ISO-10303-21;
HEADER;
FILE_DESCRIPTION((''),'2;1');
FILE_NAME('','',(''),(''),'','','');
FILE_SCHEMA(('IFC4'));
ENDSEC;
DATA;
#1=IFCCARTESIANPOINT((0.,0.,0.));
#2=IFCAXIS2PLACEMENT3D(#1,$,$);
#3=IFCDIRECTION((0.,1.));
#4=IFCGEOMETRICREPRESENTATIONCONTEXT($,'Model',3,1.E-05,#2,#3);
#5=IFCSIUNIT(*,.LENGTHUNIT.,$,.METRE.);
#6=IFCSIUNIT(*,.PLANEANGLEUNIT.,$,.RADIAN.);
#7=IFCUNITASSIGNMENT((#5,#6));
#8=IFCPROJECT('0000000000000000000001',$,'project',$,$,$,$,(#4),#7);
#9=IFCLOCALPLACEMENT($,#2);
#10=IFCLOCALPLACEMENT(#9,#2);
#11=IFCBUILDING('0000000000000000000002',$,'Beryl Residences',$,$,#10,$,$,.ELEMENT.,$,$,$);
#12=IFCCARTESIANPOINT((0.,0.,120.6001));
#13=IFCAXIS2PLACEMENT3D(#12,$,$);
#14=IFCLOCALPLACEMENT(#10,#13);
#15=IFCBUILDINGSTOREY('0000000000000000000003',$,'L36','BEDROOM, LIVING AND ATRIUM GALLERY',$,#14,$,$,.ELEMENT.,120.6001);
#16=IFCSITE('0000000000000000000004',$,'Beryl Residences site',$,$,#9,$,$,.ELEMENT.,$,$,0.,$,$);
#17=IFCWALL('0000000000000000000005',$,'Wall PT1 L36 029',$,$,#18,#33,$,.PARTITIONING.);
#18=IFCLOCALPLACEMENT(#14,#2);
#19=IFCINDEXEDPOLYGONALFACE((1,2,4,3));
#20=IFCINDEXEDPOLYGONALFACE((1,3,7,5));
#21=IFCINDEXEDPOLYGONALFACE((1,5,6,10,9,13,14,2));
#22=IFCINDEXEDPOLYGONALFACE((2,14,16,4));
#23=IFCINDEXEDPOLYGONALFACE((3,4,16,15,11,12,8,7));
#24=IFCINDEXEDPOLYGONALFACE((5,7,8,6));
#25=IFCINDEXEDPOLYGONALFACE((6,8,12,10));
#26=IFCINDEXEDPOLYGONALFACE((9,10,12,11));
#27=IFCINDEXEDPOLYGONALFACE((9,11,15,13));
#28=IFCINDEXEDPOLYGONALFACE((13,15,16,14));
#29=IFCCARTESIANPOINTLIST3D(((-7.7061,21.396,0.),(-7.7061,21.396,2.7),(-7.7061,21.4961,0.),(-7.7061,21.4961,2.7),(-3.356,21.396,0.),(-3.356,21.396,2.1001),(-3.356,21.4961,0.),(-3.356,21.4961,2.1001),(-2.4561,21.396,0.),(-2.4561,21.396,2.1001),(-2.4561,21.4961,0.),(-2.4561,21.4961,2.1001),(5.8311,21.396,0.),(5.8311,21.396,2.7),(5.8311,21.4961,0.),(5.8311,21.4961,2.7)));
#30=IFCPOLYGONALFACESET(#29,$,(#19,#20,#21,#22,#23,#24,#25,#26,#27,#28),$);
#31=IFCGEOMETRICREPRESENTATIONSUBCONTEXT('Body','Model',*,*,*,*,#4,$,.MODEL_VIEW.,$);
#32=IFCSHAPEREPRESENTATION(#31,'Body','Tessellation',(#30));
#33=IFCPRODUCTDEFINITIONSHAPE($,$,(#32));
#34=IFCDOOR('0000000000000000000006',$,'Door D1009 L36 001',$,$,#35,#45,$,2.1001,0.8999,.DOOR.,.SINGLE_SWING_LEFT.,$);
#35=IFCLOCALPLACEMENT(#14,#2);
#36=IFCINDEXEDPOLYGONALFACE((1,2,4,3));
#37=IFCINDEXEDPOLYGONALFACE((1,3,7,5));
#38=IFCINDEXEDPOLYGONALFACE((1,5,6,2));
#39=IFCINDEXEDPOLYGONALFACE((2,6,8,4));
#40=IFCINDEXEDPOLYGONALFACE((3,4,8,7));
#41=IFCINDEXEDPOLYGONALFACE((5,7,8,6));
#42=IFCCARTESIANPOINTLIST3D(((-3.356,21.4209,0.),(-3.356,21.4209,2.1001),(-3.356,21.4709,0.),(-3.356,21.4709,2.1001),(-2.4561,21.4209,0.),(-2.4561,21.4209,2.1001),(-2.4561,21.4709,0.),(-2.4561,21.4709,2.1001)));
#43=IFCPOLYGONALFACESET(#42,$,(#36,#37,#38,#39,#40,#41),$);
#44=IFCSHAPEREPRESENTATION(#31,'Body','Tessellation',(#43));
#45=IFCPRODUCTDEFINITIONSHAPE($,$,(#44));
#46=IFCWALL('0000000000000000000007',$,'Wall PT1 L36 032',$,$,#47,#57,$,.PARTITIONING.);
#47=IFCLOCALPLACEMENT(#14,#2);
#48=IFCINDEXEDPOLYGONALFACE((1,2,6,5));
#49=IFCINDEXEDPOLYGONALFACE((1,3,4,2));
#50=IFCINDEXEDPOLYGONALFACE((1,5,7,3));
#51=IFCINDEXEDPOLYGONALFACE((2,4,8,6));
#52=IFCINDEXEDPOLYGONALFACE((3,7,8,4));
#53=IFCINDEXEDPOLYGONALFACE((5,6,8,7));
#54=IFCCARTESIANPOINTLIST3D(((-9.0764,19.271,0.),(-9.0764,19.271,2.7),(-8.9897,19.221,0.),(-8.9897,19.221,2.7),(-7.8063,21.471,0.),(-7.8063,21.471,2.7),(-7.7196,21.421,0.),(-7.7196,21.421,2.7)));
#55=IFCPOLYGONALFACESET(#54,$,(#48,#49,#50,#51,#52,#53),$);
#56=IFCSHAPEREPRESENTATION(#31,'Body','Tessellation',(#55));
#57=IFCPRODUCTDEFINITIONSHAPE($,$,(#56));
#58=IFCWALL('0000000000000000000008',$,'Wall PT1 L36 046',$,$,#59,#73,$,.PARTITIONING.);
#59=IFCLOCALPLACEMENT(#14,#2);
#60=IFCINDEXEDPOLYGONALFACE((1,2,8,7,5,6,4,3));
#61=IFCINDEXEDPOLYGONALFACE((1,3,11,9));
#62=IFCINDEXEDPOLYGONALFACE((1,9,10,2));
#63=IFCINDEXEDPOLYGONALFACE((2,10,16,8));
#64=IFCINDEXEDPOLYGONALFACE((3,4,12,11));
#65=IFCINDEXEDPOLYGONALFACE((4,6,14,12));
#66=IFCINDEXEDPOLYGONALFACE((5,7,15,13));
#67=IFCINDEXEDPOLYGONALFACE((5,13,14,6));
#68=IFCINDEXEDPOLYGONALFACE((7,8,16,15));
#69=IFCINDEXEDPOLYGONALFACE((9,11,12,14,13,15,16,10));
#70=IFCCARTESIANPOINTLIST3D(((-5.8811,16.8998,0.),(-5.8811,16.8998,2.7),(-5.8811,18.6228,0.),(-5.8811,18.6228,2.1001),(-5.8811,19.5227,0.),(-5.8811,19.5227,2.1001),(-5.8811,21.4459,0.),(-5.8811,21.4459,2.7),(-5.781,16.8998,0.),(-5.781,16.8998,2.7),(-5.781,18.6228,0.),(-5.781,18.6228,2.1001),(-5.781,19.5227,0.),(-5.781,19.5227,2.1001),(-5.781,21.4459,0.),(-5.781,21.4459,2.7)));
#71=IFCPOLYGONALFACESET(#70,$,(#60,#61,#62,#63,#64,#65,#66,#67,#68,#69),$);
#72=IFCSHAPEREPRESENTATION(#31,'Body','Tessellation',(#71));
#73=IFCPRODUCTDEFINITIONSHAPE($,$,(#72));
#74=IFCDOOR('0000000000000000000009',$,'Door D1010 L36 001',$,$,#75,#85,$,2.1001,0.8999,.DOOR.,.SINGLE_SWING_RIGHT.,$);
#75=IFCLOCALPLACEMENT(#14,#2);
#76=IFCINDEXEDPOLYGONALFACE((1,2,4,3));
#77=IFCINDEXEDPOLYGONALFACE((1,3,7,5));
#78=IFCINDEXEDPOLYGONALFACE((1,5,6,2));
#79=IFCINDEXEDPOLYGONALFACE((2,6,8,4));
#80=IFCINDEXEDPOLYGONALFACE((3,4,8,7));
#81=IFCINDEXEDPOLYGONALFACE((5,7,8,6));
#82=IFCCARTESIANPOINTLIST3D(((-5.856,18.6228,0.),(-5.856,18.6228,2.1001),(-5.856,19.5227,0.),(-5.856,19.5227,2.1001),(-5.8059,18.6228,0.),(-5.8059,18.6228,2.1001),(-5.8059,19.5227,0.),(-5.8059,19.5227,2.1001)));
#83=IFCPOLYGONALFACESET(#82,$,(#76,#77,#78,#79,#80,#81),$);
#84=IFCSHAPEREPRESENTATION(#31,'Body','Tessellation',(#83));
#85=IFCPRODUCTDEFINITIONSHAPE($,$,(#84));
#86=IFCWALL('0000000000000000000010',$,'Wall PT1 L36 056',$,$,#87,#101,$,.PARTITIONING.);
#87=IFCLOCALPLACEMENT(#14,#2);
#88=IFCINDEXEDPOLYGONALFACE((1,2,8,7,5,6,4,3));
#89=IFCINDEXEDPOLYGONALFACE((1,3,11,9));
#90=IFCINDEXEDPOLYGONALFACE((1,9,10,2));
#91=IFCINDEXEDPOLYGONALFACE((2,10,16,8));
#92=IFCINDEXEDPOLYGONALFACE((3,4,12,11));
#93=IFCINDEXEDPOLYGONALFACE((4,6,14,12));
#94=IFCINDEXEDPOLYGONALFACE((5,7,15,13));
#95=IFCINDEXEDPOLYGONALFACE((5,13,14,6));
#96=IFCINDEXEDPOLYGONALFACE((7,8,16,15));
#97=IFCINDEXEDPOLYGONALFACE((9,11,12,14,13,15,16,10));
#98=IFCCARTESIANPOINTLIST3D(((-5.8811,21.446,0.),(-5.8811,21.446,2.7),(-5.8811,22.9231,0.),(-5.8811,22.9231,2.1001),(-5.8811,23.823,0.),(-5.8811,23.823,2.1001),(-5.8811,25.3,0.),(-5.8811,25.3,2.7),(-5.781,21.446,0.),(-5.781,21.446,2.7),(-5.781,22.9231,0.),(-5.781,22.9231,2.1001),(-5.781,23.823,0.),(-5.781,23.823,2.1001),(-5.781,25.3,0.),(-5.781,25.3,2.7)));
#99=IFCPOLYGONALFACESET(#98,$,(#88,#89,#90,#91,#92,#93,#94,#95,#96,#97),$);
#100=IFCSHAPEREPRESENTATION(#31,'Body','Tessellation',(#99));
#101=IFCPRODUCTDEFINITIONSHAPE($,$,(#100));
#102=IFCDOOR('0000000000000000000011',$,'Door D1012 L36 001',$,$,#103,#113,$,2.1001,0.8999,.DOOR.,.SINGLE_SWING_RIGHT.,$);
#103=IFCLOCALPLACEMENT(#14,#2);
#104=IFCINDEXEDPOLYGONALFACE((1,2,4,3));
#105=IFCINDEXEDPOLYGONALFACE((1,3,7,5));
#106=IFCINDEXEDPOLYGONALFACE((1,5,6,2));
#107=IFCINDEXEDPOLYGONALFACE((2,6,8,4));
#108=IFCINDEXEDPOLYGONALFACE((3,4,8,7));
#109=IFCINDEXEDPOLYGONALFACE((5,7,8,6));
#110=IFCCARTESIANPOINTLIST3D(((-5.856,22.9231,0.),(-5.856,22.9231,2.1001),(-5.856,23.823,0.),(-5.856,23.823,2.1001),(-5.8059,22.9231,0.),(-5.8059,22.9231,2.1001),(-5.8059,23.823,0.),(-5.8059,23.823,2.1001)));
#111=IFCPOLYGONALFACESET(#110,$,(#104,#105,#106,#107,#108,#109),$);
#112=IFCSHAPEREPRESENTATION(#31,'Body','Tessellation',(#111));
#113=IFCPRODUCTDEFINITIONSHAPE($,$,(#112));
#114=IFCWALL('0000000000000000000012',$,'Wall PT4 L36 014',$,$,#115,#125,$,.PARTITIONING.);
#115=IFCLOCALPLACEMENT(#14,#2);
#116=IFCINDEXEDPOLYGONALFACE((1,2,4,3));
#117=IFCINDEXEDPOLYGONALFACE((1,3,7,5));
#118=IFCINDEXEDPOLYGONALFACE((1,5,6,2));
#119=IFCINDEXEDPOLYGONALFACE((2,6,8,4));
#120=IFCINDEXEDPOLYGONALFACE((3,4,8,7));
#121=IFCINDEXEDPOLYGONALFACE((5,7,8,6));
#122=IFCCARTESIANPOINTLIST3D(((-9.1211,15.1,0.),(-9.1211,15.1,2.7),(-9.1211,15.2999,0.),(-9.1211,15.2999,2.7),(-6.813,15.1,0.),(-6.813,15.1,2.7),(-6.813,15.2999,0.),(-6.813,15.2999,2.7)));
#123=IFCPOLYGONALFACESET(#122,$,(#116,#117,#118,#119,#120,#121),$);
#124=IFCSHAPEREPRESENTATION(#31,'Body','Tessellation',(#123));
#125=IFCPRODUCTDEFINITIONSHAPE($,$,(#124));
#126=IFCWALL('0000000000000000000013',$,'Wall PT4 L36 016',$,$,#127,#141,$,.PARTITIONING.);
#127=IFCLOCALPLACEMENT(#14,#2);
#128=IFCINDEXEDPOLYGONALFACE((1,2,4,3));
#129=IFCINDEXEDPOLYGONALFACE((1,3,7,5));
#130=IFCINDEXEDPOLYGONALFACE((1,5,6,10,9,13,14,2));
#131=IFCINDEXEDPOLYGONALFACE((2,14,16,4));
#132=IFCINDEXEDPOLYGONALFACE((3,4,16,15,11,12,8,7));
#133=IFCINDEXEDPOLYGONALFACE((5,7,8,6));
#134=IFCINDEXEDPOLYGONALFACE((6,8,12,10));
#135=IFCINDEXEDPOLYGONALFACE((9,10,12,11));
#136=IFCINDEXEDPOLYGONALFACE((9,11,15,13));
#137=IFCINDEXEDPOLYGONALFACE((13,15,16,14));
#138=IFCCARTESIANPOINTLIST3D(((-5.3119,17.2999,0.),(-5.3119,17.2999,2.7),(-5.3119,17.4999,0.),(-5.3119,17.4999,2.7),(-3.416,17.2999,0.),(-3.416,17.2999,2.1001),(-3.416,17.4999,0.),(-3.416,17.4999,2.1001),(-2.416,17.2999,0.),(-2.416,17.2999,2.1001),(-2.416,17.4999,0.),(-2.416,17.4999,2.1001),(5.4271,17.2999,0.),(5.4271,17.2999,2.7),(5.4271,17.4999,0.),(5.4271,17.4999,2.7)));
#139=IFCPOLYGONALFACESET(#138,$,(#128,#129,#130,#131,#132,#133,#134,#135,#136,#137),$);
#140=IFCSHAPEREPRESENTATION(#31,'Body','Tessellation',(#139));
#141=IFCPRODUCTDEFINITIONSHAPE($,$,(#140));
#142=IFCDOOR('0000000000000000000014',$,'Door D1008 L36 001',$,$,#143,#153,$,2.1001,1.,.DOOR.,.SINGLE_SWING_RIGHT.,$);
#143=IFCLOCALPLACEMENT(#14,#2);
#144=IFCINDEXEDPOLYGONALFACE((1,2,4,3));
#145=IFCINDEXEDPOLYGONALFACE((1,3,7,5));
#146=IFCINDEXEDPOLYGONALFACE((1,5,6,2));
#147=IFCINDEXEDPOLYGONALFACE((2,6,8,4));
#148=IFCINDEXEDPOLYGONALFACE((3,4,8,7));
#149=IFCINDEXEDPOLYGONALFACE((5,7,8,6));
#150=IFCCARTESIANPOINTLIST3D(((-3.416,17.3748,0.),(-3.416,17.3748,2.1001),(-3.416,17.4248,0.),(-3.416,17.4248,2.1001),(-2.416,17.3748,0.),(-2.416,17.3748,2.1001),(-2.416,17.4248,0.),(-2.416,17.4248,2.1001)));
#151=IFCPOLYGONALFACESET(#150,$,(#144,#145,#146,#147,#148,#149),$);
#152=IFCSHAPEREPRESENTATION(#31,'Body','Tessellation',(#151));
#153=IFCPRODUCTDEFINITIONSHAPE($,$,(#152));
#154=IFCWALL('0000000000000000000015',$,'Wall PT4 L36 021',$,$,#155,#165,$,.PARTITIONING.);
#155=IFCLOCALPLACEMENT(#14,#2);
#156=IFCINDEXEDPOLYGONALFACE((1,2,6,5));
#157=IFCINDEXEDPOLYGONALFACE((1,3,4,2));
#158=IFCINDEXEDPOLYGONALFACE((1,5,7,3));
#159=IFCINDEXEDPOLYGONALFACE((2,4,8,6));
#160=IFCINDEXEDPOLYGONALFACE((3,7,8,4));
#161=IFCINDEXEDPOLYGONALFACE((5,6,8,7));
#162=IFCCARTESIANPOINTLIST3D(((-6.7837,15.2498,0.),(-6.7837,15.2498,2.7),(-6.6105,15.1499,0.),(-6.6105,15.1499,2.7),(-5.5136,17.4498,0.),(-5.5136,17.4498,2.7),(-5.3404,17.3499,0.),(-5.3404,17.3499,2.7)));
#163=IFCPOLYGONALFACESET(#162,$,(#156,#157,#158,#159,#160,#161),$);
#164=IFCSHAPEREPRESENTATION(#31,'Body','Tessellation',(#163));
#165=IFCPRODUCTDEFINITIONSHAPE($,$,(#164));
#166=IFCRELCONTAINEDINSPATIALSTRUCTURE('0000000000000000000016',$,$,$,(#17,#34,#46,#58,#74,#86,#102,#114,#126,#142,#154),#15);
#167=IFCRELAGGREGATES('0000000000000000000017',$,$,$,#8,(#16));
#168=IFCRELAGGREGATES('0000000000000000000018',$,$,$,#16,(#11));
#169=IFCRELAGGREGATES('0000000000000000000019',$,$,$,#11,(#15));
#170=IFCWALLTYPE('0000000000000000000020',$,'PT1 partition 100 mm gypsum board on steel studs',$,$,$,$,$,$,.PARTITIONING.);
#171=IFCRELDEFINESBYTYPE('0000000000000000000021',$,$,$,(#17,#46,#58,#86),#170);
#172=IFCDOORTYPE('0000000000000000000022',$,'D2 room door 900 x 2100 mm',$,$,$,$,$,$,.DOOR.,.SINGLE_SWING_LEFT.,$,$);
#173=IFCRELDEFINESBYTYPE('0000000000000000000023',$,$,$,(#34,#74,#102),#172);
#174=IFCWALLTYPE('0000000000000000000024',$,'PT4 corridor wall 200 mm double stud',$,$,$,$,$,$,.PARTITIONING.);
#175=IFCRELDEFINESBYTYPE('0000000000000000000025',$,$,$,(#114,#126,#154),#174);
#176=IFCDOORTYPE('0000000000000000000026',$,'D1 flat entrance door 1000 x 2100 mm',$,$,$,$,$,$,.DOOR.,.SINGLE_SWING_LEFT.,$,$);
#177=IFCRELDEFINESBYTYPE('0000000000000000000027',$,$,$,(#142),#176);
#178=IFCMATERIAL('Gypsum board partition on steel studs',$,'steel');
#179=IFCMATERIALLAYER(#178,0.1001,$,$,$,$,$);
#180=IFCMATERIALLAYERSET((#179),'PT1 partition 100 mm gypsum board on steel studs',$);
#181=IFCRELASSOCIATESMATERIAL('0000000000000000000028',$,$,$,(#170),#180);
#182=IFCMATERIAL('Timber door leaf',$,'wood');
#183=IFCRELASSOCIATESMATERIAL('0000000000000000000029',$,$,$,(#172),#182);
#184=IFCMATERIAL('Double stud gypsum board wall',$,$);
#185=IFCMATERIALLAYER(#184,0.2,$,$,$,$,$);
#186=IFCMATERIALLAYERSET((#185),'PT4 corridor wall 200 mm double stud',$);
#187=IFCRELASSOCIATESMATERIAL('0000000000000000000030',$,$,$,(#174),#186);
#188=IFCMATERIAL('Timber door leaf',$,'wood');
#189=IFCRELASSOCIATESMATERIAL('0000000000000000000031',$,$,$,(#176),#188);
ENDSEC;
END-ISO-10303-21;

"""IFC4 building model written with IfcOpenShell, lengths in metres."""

from ifc_helpers import new_model, si_unit, direction, frame, frame_2d, origin, place, context, subcontext, project, spatial, rectangle, extrude, material, layer, layer_set, type_object, element, fill, save


model = new_model("IFC4")

# Units and contexts
model_context = context("Model", 3, precision=1e-05, world=origin(), true_north=direction((0.0, 1.0)))
body_context = subcontext(model_context, "Body", "Model", "MODEL_VIEW")
ifc_project = project(units=[si_unit("LENGTHUNIT", "METRE"), si_unit("PLANEANGLEUNIT", "RADIAN")], contexts=[model_context])

# Site, building, storey
site_placement = place(None, origin())
site = spatial("IfcSite", under=ifc_project, at=site_placement, Name="Beryl Residences site", CompositionType="ELEMENT", RefElevation=0.0)
building_placement = place(site_placement, origin())
building = spatial("IfcBuilding", under=site, at=building_placement, Name="Beryl Residences", CompositionType="ELEMENT")
storey_placement = place(building_placement, frame((0.0, 0.0, 120.6001)))
storey = spatial("IfcBuildingStorey", under=building, at=storey_placement, Name="L36", Description="BEDROOM, LIVING AND ATRIUM GALLERY", CompositionType="ELEMENT", Elevation=120.6001)

# Shared definitions
ifc_material_1 = material(Name="Gypsum board partition on steel studs", Category="steel")
ifc_layer_1 = layer(ifc_material_1, 0.1001)
ifc_layer_set_1 = layer_set([ifc_layer_1], Name="PT1 partition 100 mm gypsum board on steel studs")
wall_type_1 = type_object("IfcWallType", Name="PT1 partition 100 mm gypsum board on steel studs", PredefinedType="PARTITIONING", material=ifc_layer_set_1)

# Wall, opening, door
wall_1_placement = place(storey_placement, frame((-7.7061, 21.446, 0.0), z_axis=(0.0, 0.0, 1.0), x_axis=(1.0, 0.0, 0.0)))
wall_1 = element("IfcWall", 1, at=wall_1_placement, inside=storey, type_object=wall_type_1, Name="Wall PT1 L36 029", PredefinedType="PARTITIONING", context=body_context, shape_type="SweptSolid", body=[
    extrude(rectangle(XDim=13.5371, YDim=0.1001, at=frame_2d((6.7686, 0.0))), origin(), (0.0, 0.0, 1.0), 2.7),
])
opening_1_placement = place(wall_1_placement, frame((4.3501, 0.0, 0.0)))
opening_1 = element("IfcOpeningElement", 2, at=opening_1_placement, cuts=wall_1, PredefinedType="OPENING", context=body_context, shape_type="SweptSolid", body=[
    extrude(rectangle(XDim=0.8999, YDim=2.1001, at=frame_2d((0.45, 1.05))), frame((0.0, 0.0601, 0.0), z_axis=(0.0, -1.0, 0.0), x_axis=(1.0, 0.0, 0.0)), (0.0, 0.0, 1.0), 0.1201),
])
ifc_material_2 = material(Name="Timber door leaf", Category="wood")
door_type_1 = type_object("IfcDoorType", Name="D2 room door 900 x 2100 mm", OperationType="SINGLE_SWING_LEFT", PredefinedType="DOOR", material=ifc_material_2)
door_1_placement = place(opening_1_placement, origin())
door_1 = element("IfcDoor", 3, at=door_1_placement, inside=storey, type_object=door_type_1, Name="Door D1009 L36 001", OperationType="SINGLE_SWING_LEFT", OverallHeight=2.1001, OverallWidth=0.8999, PredefinedType="DOOR", context=body_context, shape_type="SweptSolid", body=[
    extrude(rectangle(XDim=0.8999, YDim=2.1001, at=frame_2d((0.45, 1.05))), frame((0.0, 0.0249, 0.0), z_axis=(0.0, -1.0, 0.0), x_axis=(1.0, 0.0, 0.0)), (0.0, 0.0, 1.0), 0.05),
])
fill(opening_1, door_1)

# Wall
wall_2_placement = place(storey_placement, frame((-9.033, 19.2461, 0.0), z_axis=(0.0, 0.0, 1.0), x_axis=(0.499964, 0.866046, 0.0)))
element("IfcWall", 4, at=wall_2_placement, inside=storey, type_object=wall_type_1, Name="Wall PT1 L36 032", PredefinedType="PARTITIONING", context=body_context, shape_type="SweptSolid", body=[
    extrude(rectangle(XDim=2.5403, YDim=0.1001, at=frame_2d((1.27, 0.0))), origin(), (0.0, 0.0, 1.0), 2.7),
])

# Walls, openings, doors
wall_3_placement = place(storey_placement, frame((-5.8311, 16.8999, 0.0), z_axis=(0.0, 0.0, 1.0), x_axis=(0.0, 1.0, 0.0)))
wall_3 = element("IfcWall", 5, at=wall_3_placement, inside=storey, type_object=wall_type_1, Name="Wall PT1 L36 046", PredefinedType="PARTITIONING", context=body_context, shape_type="SweptSolid", body=[
    extrude(rectangle(XDim=4.5461, YDim=0.1001, at=frame_2d((2.2729, 0.0))), origin(), (0.0, 0.0, 1.0), 2.7),
])
opening_2_placement = place(wall_3_placement, frame((1.7229, 0.0, 0.0)))
opening_2 = element("IfcOpeningElement", 6, at=opening_2_placement, cuts=wall_3, PredefinedType="OPENING", context=body_context, shape_type="SweptSolid", body=[
    extrude(rectangle(XDim=0.8999, YDim=2.1001, at=frame_2d((0.45, 1.05))), frame((0.0, 0.0601, 0.0), z_axis=(0.0, -1.0, 0.0), x_axis=(1.0, 0.0, 0.0)), (0.0, 0.0, 1.0), 0.1201),
])
door_2_placement = place(opening_2_placement, origin())
door_2 = element("IfcDoor", 7, at=door_2_placement, inside=storey, type_object=door_type_1, Name="Door D1010 L36 001", OperationType="SINGLE_SWING_RIGHT", OverallHeight=2.1001, OverallWidth=0.8999, PredefinedType="DOOR", context=body_context, shape_type="SweptSolid", body=[
    extrude(rectangle(XDim=0.8999, YDim=2.1001, at=frame_2d((0.45, 1.05))), frame((0.0, 0.0249, 0.0), z_axis=(0.0, -1.0, 0.0), x_axis=(1.0, 0.0, 0.0)), (0.0, 0.0, 1.0), 0.05),
])
fill(opening_2, door_2)
wall_4_placement = place(storey_placement, frame((-5.8311, 21.446, 0.0), z_axis=(0.0, 0.0, 1.0), x_axis=(0.0, 1.0, 0.0)))
wall_4 = element("IfcWall", 8, at=wall_4_placement, inside=storey, type_object=wall_type_1, Name="Wall PT1 L36 056", PredefinedType="PARTITIONING", context=body_context, shape_type="SweptSolid", body=[
    extrude(rectangle(XDim=3.854, YDim=0.1001, at=frame_2d((1.927, 0.0))), origin(), (0.0, 0.0, 1.0), 2.7),
])
opening_3_placement = place(wall_4_placement, frame((1.4771, 0.0, 0.0)))
opening_3 = element("IfcOpeningElement", 9, at=opening_3_placement, cuts=wall_4, PredefinedType="OPENING", context=body_context, shape_type="SweptSolid", body=[
    extrude(rectangle(XDim=0.8999, YDim=2.1001, at=frame_2d((0.45, 1.05))), frame((0.0, 0.0601, 0.0), z_axis=(0.0, -1.0, 0.0), x_axis=(1.0, 0.0, 0.0)), (0.0, 0.0, 1.0), 0.1201),
])
door_3_placement = place(opening_3_placement, origin())
door_3 = element("IfcDoor", 10, at=door_3_placement, inside=storey, type_object=door_type_1, Name="Door D1012 L36 001", OperationType="SINGLE_SWING_RIGHT", OverallHeight=2.1001, OverallWidth=0.8999, PredefinedType="DOOR", context=body_context, shape_type="SweptSolid", body=[
    extrude(rectangle(XDim=0.8999, YDim=2.1001, at=frame_2d((0.45, 1.05))), frame((0.0, 0.0249, 0.0), z_axis=(0.0, -1.0, 0.0), x_axis=(1.0, 0.0, 0.0)), (0.0, 0.0, 1.0), 0.05),
])
fill(opening_3, door_3)

# Wall
ifc_material_3 = material(Name="Double stud gypsum board wall")
ifc_layer_2 = layer(ifc_material_3, 0.2)
ifc_layer_set_2 = layer_set([ifc_layer_2], Name="PT4 corridor wall 200 mm double stud")
wall_type_2 = type_object("IfcWallType", Name="PT4 corridor wall 200 mm double stud", PredefinedType="PARTITIONING", material=ifc_layer_set_2)
wall_5_placement = place(storey_placement, frame((-9.1211, 15.2, 0.0), z_axis=(0.0, 0.0, 1.0), x_axis=(1.0, 0.0, 0.0)))
element("IfcWall", 11, at=wall_5_placement, inside=storey, type_object=wall_type_2, Name="Wall PT4 L36 014", PredefinedType="PARTITIONING", context=body_context, shape_type="SweptSolid", body=[
    extrude(rectangle(XDim=2.3081, YDim=0.2, at=frame_2d((1.1541, 0.0))), origin(), (0.0, 0.0, 1.0), 2.7),
])

# Wall, opening, door
wall_6_placement = place(storey_placement, frame((-5.312, 17.3999, 0.0), z_axis=(0.0, 0.0, 1.0), x_axis=(1.0, 0.0, 0.0)))
wall_6 = element("IfcWall", 12, at=wall_6_placement, inside=storey, type_object=wall_type_2, Name="Wall PT4 L36 016", PredefinedType="PARTITIONING", context=body_context, shape_type="SweptSolid", body=[
    extrude(rectangle(XDim=10.739, YDim=0.2, at=frame_2d((5.3696, 0.0))), origin(), (0.0, 0.0, 1.0), 2.7),
])
opening_4_placement = place(wall_6_placement, frame((1.896, 0.0, 0.0)))
opening_4 = element("IfcOpeningElement", 13, at=opening_4_placement, cuts=wall_6, PredefinedType="OPENING", context=body_context, shape_type="SweptSolid", body=[
    extrude(rectangle(XDim=1.0, YDim=2.1001, at=frame_2d((0.5, 1.05))), frame((0.0, 0.1099, 0.0), z_axis=(0.0, -1.0, 0.0), x_axis=(1.0, 0.0, 0.0)), (0.0, 0.0, 1.0), 0.22),
])
ifc_material_4 = material(Name="Timber door leaf", Category="wood")
door_type_2 = type_object("IfcDoorType", Name="D1 flat entrance door 1000 x 2100 mm", OperationType="SINGLE_SWING_LEFT", PredefinedType="DOOR", material=ifc_material_4)
door_4_placement = place(opening_4_placement, origin())
door_4 = element("IfcDoor", 14, at=door_4_placement, inside=storey, type_object=door_type_2, Name="Door D1008 L36 001", OperationType="SINGLE_SWING_RIGHT", OverallHeight=2.1001, OverallWidth=1.0, PredefinedType="DOOR", context=body_context, shape_type="SweptSolid", body=[
    extrude(rectangle(XDim=1.0, YDim=2.1001, at=frame_2d((0.5, 1.05))), frame((0.0, 0.0249, 0.0), z_axis=(0.0, -1.0, 0.0), x_axis=(1.0, 0.0, 0.0)), (0.0, 0.0, 1.0), 0.05),
])
fill(opening_4, door_4)

# Wall
wall_7_placement = place(storey_placement, frame((-6.697, 15.2, 0.0), z_axis=(0.0, 0.0, 1.0), x_axis=(0.499964, 0.866046, 0.0)))
element("IfcWall", 15, at=wall_7_placement, inside=storey, type_object=wall_type_2, Name="Wall PT4 L36 021", PredefinedType="PARTITIONING", context=body_context, shape_type="SweptSolid", body=[
    extrude(rectangle(XDim=2.5403, YDim=0.2, at=frame_2d((1.27, 0.0))), origin(), (0.0, 0.0, 1.0), 2.7),
])

save(model, "model.ifc")
